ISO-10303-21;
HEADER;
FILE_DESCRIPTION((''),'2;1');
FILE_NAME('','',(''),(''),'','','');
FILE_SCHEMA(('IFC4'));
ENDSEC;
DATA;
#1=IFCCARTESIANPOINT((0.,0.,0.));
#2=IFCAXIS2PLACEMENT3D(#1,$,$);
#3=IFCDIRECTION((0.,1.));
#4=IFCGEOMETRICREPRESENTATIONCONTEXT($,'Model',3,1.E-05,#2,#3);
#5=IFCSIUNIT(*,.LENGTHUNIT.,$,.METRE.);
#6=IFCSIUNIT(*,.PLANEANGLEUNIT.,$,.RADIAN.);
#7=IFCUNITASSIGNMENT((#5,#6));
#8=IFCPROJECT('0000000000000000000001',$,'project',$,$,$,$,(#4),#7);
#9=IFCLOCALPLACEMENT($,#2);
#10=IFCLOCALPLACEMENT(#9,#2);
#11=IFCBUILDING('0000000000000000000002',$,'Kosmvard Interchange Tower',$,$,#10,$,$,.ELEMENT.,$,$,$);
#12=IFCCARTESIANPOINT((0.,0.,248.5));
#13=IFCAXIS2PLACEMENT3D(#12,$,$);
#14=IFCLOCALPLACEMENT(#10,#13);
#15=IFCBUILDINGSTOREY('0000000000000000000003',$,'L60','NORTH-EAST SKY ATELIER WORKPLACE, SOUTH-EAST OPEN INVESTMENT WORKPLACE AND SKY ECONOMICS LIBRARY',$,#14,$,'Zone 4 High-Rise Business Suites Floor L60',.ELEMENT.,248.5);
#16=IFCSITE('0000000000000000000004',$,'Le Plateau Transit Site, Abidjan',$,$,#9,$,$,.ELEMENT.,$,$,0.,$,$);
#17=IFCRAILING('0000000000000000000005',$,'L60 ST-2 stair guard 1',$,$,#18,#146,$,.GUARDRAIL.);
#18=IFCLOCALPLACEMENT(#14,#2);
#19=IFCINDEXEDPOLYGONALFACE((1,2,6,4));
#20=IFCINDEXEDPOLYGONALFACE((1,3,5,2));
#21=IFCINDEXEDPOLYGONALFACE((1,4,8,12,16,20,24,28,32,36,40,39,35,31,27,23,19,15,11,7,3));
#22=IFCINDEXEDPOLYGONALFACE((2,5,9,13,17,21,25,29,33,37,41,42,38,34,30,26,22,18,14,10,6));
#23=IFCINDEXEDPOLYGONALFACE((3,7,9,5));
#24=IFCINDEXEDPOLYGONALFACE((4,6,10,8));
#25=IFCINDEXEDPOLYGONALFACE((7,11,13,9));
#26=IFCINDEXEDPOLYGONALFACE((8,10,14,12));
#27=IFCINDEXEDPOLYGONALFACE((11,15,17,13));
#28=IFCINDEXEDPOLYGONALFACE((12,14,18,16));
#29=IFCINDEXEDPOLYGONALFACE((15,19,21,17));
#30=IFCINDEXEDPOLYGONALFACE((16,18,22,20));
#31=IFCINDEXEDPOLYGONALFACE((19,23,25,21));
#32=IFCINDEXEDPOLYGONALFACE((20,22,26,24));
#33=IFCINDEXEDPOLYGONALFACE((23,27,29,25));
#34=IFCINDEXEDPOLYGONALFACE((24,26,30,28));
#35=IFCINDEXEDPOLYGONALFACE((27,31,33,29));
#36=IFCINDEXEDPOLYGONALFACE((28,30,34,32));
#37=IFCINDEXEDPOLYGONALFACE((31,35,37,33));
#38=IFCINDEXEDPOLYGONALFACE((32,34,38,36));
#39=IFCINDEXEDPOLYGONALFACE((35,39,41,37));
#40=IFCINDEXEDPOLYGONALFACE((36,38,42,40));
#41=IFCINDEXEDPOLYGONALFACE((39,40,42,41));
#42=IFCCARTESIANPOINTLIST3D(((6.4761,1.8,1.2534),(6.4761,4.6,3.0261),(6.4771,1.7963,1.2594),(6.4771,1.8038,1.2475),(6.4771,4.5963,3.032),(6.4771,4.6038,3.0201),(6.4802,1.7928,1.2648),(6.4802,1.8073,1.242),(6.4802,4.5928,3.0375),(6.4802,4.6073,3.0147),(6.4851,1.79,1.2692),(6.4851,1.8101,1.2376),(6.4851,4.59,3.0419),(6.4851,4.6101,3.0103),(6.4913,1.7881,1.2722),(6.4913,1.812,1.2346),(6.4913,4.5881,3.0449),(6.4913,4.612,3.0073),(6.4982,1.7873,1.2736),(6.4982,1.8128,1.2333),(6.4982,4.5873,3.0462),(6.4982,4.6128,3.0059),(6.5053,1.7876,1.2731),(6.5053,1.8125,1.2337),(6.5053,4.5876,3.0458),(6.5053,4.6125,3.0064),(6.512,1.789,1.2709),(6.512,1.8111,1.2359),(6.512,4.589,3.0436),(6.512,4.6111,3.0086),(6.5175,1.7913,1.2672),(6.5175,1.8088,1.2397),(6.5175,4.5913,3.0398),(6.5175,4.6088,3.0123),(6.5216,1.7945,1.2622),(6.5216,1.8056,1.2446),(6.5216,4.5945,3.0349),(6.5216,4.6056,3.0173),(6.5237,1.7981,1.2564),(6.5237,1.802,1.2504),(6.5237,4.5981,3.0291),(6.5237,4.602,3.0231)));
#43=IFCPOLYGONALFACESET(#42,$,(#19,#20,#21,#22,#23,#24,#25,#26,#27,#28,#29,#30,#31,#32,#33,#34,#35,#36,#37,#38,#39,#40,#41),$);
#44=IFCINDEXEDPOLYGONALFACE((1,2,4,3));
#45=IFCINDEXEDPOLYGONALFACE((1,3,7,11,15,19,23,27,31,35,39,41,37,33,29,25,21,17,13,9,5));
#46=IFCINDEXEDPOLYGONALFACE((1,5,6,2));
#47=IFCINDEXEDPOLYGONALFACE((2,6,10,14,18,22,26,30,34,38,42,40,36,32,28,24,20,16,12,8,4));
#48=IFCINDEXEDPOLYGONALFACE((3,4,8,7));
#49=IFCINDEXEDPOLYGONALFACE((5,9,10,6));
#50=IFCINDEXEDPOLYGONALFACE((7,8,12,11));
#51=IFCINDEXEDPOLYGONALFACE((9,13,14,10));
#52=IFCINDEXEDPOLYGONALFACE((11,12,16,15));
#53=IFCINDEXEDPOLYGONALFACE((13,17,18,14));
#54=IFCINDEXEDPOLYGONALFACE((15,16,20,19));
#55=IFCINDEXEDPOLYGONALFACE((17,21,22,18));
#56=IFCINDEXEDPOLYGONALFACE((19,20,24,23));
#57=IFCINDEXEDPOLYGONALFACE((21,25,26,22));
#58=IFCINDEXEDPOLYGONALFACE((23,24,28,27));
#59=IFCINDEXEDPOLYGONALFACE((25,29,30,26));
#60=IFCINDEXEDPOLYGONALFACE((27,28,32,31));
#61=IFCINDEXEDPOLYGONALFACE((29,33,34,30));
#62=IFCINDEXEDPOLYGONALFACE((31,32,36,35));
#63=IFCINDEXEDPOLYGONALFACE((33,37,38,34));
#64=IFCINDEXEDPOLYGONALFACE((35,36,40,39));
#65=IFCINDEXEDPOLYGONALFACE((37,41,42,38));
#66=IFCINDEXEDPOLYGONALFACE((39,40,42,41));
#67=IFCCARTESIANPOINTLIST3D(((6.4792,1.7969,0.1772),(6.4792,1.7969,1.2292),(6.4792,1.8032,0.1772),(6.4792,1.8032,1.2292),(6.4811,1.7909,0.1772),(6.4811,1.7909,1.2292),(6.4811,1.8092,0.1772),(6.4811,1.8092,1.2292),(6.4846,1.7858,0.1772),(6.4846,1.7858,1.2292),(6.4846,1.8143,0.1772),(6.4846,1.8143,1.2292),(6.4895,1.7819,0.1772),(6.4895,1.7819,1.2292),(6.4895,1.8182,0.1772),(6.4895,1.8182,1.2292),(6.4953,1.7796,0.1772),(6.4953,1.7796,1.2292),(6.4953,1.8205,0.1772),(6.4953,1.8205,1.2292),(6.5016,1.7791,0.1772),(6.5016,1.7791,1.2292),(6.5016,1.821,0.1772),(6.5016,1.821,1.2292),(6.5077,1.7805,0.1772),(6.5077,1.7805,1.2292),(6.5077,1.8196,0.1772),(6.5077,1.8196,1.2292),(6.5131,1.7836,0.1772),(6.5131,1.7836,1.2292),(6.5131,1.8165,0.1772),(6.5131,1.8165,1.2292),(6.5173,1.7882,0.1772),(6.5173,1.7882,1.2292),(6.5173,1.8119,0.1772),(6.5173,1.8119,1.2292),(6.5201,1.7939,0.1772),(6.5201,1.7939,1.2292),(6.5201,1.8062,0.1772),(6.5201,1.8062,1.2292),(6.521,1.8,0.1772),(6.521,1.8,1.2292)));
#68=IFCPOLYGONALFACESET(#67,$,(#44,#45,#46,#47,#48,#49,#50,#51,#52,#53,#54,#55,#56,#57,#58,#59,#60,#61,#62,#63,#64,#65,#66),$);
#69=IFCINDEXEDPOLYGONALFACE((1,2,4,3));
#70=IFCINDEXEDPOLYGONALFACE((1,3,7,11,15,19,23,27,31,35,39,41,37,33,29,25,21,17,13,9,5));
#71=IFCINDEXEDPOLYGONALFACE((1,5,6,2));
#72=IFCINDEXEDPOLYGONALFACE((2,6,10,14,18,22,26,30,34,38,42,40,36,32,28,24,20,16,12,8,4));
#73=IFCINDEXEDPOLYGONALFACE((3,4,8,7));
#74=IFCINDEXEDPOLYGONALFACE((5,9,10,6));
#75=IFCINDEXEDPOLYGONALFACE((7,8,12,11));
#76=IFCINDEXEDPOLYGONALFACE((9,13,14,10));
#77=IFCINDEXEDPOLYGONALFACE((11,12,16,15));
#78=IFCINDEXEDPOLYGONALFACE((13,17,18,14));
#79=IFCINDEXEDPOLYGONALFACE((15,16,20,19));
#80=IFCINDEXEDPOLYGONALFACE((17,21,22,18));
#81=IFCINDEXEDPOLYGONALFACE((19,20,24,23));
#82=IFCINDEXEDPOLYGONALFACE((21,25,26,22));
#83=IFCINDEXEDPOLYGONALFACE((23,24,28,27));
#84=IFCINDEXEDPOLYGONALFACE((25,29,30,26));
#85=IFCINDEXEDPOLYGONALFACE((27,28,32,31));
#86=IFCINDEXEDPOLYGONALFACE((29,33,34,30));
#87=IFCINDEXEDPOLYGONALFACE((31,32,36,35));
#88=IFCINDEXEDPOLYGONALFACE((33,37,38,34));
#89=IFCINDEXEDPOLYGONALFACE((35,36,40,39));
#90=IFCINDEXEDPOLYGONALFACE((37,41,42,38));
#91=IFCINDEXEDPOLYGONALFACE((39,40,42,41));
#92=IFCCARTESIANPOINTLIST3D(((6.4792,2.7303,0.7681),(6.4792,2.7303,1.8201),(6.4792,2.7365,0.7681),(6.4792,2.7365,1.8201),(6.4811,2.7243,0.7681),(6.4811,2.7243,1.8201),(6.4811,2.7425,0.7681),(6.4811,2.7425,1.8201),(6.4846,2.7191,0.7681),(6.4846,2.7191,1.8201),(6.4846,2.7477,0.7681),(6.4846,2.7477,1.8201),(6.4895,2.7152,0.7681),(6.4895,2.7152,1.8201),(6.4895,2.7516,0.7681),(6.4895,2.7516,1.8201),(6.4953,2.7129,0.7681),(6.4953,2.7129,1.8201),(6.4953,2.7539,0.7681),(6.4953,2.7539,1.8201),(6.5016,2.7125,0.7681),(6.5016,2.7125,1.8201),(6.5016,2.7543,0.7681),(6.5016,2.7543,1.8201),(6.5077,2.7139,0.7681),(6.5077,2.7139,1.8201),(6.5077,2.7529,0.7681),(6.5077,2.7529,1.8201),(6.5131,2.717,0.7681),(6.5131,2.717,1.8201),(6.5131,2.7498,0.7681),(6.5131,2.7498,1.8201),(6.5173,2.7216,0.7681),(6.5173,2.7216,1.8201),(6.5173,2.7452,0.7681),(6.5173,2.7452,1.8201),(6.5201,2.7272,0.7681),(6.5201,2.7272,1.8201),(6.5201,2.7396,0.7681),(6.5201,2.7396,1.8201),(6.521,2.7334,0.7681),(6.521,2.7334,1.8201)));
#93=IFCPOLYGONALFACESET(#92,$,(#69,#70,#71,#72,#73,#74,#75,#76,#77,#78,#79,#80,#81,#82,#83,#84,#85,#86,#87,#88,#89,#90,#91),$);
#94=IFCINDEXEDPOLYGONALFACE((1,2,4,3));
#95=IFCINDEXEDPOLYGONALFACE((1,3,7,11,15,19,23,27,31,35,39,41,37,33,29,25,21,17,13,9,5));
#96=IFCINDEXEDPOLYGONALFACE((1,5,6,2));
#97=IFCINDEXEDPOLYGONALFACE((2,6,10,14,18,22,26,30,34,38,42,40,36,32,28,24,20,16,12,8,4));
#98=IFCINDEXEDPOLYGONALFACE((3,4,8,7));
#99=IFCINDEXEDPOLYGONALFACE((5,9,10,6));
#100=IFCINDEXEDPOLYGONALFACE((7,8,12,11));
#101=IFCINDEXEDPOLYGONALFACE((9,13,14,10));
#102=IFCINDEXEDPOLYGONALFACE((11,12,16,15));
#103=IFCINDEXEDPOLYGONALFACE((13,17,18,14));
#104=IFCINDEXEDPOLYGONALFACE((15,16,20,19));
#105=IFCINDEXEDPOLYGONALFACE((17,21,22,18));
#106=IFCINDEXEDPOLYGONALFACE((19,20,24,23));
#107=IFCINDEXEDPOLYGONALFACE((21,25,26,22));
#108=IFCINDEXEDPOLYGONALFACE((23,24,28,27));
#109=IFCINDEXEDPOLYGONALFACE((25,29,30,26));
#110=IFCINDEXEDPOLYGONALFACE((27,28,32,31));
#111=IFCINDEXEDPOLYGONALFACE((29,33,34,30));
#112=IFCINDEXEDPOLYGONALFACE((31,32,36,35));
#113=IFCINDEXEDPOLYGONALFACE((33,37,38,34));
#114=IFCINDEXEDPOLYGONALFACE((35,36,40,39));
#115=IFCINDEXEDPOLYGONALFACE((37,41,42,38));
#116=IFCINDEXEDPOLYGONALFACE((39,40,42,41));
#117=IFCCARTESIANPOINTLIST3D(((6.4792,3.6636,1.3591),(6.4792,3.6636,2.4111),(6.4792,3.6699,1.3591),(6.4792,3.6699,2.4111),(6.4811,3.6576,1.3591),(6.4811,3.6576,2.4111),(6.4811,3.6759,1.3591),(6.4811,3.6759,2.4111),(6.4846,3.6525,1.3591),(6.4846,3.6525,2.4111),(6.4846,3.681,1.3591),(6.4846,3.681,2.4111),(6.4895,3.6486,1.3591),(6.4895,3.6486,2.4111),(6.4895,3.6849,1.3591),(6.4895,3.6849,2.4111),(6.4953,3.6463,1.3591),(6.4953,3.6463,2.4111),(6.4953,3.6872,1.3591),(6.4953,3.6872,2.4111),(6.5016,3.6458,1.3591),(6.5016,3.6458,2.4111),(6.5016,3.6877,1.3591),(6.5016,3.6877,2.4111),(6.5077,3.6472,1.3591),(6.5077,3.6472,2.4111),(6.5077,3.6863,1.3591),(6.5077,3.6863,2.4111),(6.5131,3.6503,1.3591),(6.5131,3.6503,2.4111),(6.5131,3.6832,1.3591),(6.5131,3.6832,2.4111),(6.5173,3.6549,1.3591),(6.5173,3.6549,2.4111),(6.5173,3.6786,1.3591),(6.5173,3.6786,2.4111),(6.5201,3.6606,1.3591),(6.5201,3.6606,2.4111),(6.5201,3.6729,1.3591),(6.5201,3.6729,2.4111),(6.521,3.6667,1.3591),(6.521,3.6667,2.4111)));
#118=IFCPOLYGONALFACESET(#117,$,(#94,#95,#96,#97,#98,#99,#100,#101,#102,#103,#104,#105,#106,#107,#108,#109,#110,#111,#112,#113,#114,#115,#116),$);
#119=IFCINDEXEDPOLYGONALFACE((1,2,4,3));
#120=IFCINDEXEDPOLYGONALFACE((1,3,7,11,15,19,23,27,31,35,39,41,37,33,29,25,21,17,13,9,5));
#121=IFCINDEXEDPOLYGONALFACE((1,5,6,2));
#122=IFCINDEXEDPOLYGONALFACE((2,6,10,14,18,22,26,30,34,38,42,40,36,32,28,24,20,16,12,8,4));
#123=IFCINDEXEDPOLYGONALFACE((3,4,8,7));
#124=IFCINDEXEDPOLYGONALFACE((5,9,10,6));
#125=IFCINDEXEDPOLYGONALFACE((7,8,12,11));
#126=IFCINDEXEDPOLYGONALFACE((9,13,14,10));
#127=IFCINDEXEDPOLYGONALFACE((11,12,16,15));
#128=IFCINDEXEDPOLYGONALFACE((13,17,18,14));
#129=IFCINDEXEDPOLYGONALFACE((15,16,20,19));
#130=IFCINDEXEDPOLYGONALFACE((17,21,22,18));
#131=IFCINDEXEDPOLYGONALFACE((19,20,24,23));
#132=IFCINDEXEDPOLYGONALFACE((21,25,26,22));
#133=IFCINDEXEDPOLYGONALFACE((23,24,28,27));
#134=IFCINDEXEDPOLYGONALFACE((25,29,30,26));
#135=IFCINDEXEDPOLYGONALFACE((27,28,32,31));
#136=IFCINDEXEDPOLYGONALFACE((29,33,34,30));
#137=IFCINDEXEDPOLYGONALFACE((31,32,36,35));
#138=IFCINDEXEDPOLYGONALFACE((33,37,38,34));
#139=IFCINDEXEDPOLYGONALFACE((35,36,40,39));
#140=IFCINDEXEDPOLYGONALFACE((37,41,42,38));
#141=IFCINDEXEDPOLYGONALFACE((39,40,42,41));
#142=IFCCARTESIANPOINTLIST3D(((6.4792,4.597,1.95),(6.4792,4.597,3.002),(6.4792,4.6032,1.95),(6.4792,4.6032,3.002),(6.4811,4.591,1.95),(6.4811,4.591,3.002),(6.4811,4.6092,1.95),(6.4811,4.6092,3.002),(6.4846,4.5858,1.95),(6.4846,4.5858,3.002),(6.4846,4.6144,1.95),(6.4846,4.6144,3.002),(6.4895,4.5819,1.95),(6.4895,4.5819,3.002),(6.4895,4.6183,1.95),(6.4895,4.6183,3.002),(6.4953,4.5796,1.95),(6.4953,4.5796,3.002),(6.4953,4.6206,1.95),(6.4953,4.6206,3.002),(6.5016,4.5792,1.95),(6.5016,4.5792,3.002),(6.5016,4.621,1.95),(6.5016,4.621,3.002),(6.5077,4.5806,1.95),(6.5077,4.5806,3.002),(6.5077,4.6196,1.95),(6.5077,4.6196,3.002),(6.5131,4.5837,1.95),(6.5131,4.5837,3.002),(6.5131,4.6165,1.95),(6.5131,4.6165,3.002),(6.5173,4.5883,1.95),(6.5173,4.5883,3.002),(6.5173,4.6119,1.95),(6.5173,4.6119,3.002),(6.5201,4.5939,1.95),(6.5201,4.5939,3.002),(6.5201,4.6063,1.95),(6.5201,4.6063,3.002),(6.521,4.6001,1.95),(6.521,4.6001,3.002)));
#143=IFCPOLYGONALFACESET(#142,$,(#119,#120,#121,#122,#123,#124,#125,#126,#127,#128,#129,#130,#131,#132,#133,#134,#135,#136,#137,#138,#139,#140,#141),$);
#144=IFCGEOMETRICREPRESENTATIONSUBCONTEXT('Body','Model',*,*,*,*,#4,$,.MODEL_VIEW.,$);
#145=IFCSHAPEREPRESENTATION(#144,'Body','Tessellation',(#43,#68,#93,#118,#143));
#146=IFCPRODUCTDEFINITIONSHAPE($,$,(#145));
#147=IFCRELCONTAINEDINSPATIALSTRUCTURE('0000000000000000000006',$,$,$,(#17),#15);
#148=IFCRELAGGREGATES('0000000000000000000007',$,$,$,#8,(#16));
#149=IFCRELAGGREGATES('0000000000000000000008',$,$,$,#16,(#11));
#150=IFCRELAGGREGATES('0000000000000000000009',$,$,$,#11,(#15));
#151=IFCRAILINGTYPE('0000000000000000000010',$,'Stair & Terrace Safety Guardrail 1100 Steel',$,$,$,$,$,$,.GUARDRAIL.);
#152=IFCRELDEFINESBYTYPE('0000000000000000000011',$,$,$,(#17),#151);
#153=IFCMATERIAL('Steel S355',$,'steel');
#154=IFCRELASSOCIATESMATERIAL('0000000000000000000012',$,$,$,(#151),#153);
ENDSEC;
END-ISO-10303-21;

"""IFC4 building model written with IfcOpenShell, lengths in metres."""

from ifc_helpers import new_model, si_unit, direction, frame, origin, origin_2d, place, context, subcontext, project, spatial, circle, extrude, source, transform, mapped, material, type_object, element, save


model = new_model("IFC4")

# Units and contexts
model_context = context("Model", 3, precision=1e-05, world=origin(), true_north=direction((0.0, 1.0)))
body_context = subcontext(model_context, "Body", "Model", "MODEL_VIEW")
ifc_project = project(units=[si_unit("LENGTHUNIT", "METRE"), si_unit("PLANEANGLEUNIT", "RADIAN")], contexts=[model_context])

# Site, building, storey
site_placement = place(None, origin())
site = spatial("IfcSite", under=ifc_project, at=site_placement, Name="Le Plateau Transit Site, Abidjan", CompositionType="ELEMENT", RefElevation=0.0)
building_placement = place(site_placement, origin())
building = spatial("IfcBuilding", under=site, at=building_placement, Name="Kosmvard Interchange Tower", CompositionType="ELEMENT")
storey_placement = place(building_placement, frame((0.0, 0.0, 248.5)))
storey = spatial("IfcBuildingStorey", under=building, at=storey_placement, Name="L60", Description="NORTH-EAST SKY ATELIER WORKPLACE, SOUTH-EAST OPEN INVESTMENT WORKPLACE AND SKY ECONOMICS LIBRARY", LongName="Zone 4 High-Rise Business Suites Floor L60", CompositionType="ELEMENT", Elevation=248.5)

# Shared definitions
ifc_material_1 = material(Name="Steel S355", Category="steel")

# Railing
railing_type_1 = type_object("IfcRailingType", Name="Stair & Terrace Safety Guardrail 1100 Steel", PredefinedType="GUARDRAIL", material=ifc_material_1)
shared_shape_1 = source(origin(), body_context, "Body", "SweptSolid", [
    extrude(circle(Radius=0.0239, at=origin_2d()), frame((0.0, 0.0, 1.0762), z_axis=(0.0, 0.844909, 0.53491), x_axis=(-1.0, 0.0, 0.0)), (0.0, 0.0, 1.0), 3.314),
    extrude(circle(Radius=0.021, at=origin_2d()), origin(), (0.0, 0.0, 1.0), 1.052),
    extrude(circle(Radius=0.021, at=origin_2d()), frame((0.0, 0.9333, 0.5908)), (0.0, 0.0, 1.0), 1.052),
    extrude(circle(Radius=0.021, at=origin_2d()), frame((0.0, 1.8667, 1.1819)), (0.0, 0.0, 1.0), 1.052),
    extrude(circle(Radius=0.021, at=origin_2d()), frame((0.0, 2.8, 1.7727)), (0.0, 0.0, 1.0), 1.052),
])
railing_1_placement = place(storey_placement, frame((6.5, 1.8, 0.1772)))
element("IfcRailing", 1, at=railing_1_placement, inside=storey, type_object=railing_type_1, Name="L60 ST-2 stair guard 1", PredefinedType="GUARDRAIL", context=body_context, shape_type="MappedRepresentation", body=[
    mapped(shared_shape_1, transform((0.0, 0.0, 0.0), scale=1.0)),
])

save(model, "model.ifc")
